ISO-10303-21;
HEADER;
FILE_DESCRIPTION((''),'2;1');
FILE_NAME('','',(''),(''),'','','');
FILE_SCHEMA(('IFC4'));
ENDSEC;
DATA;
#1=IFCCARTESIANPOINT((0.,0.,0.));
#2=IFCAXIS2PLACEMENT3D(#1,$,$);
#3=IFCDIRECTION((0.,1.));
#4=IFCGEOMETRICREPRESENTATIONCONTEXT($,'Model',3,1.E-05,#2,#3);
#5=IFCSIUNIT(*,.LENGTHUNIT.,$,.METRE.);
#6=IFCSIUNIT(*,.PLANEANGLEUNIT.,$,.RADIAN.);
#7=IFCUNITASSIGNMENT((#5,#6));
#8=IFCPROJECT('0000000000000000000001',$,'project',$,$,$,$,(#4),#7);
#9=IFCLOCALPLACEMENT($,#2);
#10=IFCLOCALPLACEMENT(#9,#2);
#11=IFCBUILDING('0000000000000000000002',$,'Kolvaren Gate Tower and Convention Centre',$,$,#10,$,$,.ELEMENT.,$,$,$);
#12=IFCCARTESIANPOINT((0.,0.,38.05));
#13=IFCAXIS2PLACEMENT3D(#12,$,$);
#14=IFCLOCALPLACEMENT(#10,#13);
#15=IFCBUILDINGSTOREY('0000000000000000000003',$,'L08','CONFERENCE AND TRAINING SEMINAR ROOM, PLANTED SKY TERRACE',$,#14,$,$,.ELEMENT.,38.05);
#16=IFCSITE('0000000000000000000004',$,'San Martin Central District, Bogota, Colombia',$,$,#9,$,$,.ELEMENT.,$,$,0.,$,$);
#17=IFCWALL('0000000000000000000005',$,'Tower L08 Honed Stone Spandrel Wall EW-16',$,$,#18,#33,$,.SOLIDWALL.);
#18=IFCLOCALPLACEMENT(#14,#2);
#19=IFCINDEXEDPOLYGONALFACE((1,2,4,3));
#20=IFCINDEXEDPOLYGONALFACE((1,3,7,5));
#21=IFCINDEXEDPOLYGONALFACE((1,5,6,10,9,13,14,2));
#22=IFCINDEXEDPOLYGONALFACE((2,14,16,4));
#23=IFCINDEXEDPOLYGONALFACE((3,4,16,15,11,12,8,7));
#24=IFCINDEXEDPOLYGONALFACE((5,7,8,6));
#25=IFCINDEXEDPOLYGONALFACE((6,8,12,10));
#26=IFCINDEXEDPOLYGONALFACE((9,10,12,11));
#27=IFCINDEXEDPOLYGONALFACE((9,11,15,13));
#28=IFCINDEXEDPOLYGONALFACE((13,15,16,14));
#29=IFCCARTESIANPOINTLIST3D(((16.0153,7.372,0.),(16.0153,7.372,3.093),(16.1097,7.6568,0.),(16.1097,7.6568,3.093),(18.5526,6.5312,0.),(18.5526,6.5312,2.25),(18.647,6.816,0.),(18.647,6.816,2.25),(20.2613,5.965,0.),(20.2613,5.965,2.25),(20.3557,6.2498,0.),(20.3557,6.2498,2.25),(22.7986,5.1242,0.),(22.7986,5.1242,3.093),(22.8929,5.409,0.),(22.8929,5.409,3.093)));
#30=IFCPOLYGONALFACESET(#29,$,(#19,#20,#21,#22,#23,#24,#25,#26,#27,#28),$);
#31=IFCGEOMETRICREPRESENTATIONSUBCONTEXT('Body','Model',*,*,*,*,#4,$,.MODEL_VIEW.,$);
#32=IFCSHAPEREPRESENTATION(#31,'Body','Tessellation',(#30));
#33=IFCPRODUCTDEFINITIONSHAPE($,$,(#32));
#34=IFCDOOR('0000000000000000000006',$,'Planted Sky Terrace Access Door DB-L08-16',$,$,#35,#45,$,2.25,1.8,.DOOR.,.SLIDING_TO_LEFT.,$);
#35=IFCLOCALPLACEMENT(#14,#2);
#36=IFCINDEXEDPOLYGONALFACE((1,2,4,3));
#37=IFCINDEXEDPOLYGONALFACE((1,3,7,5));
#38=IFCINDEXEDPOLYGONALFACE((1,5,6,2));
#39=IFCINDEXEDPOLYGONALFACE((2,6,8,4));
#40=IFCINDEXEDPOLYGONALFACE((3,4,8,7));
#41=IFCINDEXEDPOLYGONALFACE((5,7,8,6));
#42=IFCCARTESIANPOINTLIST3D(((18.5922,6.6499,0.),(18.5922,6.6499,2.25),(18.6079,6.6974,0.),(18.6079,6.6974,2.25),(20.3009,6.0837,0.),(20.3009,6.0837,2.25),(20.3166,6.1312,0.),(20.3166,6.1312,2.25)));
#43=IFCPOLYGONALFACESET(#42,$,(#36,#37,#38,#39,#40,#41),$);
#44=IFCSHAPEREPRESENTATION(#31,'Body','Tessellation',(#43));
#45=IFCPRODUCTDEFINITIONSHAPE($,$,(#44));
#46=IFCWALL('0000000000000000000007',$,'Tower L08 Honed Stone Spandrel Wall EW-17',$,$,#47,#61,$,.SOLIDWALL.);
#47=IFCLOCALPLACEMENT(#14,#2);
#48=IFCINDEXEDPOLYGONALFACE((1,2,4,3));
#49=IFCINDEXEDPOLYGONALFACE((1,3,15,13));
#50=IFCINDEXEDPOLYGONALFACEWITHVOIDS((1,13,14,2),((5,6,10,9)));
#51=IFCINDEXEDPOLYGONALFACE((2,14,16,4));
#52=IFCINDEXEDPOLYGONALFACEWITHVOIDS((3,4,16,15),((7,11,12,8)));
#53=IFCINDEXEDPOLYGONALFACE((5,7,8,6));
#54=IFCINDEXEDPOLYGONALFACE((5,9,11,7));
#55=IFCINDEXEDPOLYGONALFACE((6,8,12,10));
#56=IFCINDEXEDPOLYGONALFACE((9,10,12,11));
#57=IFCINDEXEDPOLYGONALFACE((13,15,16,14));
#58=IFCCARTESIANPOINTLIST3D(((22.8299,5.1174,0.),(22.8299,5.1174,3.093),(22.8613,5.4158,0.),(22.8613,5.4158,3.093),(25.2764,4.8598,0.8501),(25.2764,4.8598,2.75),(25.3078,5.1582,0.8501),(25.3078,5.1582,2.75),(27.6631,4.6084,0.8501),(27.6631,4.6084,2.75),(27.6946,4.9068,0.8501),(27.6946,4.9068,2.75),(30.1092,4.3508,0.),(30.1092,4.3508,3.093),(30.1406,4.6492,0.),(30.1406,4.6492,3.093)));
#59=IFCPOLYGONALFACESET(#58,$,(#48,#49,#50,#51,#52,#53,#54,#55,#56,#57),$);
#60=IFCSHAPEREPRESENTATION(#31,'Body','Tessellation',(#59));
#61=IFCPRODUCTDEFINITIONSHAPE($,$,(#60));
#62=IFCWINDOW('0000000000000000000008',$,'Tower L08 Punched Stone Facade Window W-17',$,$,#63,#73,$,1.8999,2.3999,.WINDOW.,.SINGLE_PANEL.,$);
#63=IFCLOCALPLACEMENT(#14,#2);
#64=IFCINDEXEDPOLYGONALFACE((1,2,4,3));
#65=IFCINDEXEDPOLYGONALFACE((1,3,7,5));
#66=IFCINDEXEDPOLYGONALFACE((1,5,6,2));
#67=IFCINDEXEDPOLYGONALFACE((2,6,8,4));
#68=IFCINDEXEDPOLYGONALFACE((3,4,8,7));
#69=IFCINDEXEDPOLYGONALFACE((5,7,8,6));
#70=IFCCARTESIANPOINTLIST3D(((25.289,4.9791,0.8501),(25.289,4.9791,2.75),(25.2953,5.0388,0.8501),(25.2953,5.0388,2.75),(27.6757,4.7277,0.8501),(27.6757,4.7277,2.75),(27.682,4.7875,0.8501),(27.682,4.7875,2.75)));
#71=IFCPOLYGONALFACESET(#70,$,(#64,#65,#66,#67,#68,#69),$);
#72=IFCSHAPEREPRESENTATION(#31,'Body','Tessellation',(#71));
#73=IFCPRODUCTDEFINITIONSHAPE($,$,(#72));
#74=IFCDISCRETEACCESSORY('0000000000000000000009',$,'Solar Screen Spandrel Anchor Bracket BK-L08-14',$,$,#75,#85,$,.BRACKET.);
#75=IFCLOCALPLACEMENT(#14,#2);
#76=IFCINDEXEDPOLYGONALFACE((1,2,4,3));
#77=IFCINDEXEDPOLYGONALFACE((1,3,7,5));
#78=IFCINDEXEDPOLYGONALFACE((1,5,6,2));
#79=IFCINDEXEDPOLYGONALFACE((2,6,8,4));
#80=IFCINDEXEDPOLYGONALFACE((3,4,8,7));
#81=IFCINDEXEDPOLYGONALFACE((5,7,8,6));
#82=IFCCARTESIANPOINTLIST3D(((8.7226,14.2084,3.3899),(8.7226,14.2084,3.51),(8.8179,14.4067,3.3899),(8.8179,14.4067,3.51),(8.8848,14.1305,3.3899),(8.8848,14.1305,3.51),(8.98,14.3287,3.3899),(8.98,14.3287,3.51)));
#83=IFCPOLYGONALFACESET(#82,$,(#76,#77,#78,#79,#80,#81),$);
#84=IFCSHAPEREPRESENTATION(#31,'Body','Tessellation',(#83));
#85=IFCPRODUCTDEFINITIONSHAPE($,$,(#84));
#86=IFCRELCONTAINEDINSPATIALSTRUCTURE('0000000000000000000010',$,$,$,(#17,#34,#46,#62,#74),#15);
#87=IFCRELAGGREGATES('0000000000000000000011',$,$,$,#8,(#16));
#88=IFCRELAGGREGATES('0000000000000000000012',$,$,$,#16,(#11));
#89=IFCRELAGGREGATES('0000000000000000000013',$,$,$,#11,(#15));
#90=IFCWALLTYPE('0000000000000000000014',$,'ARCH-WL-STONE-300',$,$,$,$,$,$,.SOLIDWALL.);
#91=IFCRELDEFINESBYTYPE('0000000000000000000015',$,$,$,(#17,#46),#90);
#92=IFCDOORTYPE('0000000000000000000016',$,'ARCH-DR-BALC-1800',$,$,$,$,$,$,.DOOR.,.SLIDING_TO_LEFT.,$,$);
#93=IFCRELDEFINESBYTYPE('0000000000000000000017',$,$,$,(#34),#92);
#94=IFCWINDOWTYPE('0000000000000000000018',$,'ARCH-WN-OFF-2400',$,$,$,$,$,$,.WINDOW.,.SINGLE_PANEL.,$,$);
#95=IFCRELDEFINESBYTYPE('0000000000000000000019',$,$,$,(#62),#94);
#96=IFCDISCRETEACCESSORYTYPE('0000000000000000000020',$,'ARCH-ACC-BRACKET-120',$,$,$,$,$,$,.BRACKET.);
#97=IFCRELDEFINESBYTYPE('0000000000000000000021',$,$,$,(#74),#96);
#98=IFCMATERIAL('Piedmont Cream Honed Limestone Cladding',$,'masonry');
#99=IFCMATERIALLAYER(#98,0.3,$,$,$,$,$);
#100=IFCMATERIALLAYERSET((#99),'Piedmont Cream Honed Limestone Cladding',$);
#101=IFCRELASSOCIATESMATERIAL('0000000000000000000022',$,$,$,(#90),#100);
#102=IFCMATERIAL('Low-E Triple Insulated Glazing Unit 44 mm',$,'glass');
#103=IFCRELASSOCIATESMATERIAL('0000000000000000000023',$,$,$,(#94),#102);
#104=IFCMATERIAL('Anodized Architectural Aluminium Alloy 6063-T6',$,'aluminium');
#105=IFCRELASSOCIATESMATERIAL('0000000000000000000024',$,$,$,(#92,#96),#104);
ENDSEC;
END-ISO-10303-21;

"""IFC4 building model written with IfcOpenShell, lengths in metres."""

from ifc_helpers import new_model, si_unit, direction, frame, frame_2d, origin, origin_2d, place, context, subcontext, project, spatial, rectangle, extrude, material, layer, layer_set, type_object, element, fill, save


model = new_model("IFC4")

# Units and contexts
model_context = context("Model", 3, precision=1e-05, world=origin(), true_north=direction((0.0, 1.0)))
body_context = subcontext(model_context, "Body", "Model", "MODEL_VIEW")
ifc_project = project(units=[si_unit("LENGTHUNIT", "METRE"), si_unit("PLANEANGLEUNIT", "RADIAN")], contexts=[model_context])

# Site, building, storey
site_placement = place(None, origin())
site = spatial("IfcSite", under=ifc_project, at=site_placement, Name="San Martin Central District, Bogota, Colombia", CompositionType="ELEMENT", RefElevation=0.0)
building_placement = place(site_placement, origin())
building = spatial("IfcBuilding", under=site, at=building_placement, Name="Kolvaren Gate Tower and Convention Centre", CompositionType="ELEMENT")
storey_placement = place(building_placement, frame((0.0, 0.0, 38.05)))
storey = spatial("IfcBuildingStorey", under=building, at=storey_placement, Name="L08", Description="CONFERENCE AND TRAINING SEMINAR ROOM, PLANTED SKY TERRACE", CompositionType="ELEMENT", Elevation=38.05)

# Shared definitions
ifc_material_1 = material(Name="Anodized Architectural Aluminium Alloy 6063-T6", Category="aluminium")

# Shared definitions
ifc_material_2 = material(Name="Low-E Triple Insulated Glazing Unit 44 mm", Category="glass")

# Shared definitions
ifc_material_3 = material(Name="Piedmont Cream Honed Limestone Cladding", Category="masonry")

# Shared definitions
ifc_layer_1 = layer(ifc_material_3, 0.3)
ifc_layer_set_1 = layer_set([ifc_layer_1], Name="Piedmont Cream Honed Limestone Cladding")
wall_type_1 = type_object("IfcWallType", Name="ARCH-WL-STONE-300", PredefinedType="SOLIDWALL", material=ifc_layer_set_1)
window_type = type_object("IfcWindowType", Name="ARCH-WN-OFF-2400", PartitioningType="SINGLE_PANEL", PredefinedType="WINDOW", material=ifc_material_2)

# Wall, opening, door
wall_1_placement = place(storey_placement, frame((16.0625, 7.5144, 0.0), z_axis=(0.0, 0.0, 1.0), x_axis=(0.949239, -0.314557, 0.0)))
wall_1 = element("IfcWall", 1, at=wall_1_placement, inside=storey, type_object=wall_type_1, Name="Tower L08 Honed Stone Spandrel Wall EW-16", PredefinedType="SOLIDWALL", context=body_context, shape_type="SweptSolid", body=[
    extrude(rectangle(XDim=7.146, YDim=0.3, at=frame_2d((3.573, 0.0))), origin(), (0.0, 0.0, 1.0), 3.093),
])
opening_1_placement = place(wall_1_placement, frame((2.6731, 0.0, 0.0)))
opening_1 = element("IfcOpeningElement", 2, at=opening_1_placement, cuts=wall_1, PredefinedType="OPENING", context=body_context, shape_type="SweptSolid", body=[
    extrude(rectangle(XDim=1.8, YDim=2.25, at=frame_2d((0.8999, 1.125))), frame((0.0, 0.1599, 0.0), z_axis=(0.0, -1.0, 0.0), x_axis=(1.0, 0.0, 0.0)), (0.0, 0.0, 1.0), 0.3201),
])
door_type_1 = type_object("IfcDoorType", Name="ARCH-DR-BALC-1800", OperationType="SLIDING_TO_LEFT", PredefinedType="DOOR", material=ifc_material_1)
door_1_placement = place(opening_1_placement, frame((1.8, 0.0, 0.0), z_axis=(0.0, 0.0, 1.0), x_axis=(-1.0, 0.0, 0.0)))
door_1 = element("IfcDoor", 3, at=door_1_placement, inside=storey, type_object=door_type_1, Name="Planted Sky Terrace Access Door DB-L08-16", OperationType="SLIDING_TO_LEFT", OverallHeight=2.25, OverallWidth=1.8, PredefinedType="DOOR", context=body_context, shape_type="SweptSolid", body=[
    extrude(rectangle(XDim=1.8, YDim=2.25, at=frame_2d((0.8999, 1.125))), frame((0.0, 0.0249, 0.0), z_axis=(0.0, -1.0, 0.0), x_axis=(1.0, 0.0, 0.0)), (0.0, 0.0, 1.0), 0.05),
])
fill(opening_1, door_1)

# Wall, opening, window
wall_2_placement = place(storey_placement, frame((22.8457, 5.2666, 0.0), z_axis=(0.0, 0.0, 1.0), x_axis=(0.9945, -0.104733, 0.0)))
wall_2 = element("IfcWall", 4, at=wall_2_placement, inside=storey, type_object=wall_type_1, Name="Tower L08 Honed Stone Spandrel Wall EW-17", PredefinedType="SOLIDWALL", context=body_context, shape_type="SweptSolid", body=[
    extrude(rectangle(XDim=7.3196, YDim=0.3, at=frame_2d((3.6597, 0.0))), origin(), (0.0, 0.0, 1.0), 3.093),
])
opening_2_placement = place(wall_2_placement, frame((2.46, 0.0, 0.8501)))
opening_2 = element("IfcOpeningElement", 5, at=opening_2_placement, cuts=wall_2, PredefinedType="OPENING", context=body_context, shape_type="SweptSolid", body=[
    extrude(rectangle(XDim=2.3999, YDim=1.8999, at=frame_2d((1.2, 0.95))), frame((0.0, 0.1599, 0.0), z_axis=(0.0, -1.0, 0.0), x_axis=(1.0, 0.0, 0.0)), (0.0, 0.0, 1.0), 0.3201),
])
window_1_placement = place(opening_2_placement, origin())
window_1 = element("IfcWindow", 6, at=window_1_placement, inside=storey, type_object=window_type, Name="Tower L08 Punched Stone Facade Window W-17", OverallHeight=1.8999, OverallWidth=2.3999, PartitioningType="SINGLE_PANEL", PredefinedType="WINDOW", context=body_context, shape_type="SweptSolid", body=[
    extrude(rectangle(XDim=2.3999, YDim=1.8999, at=frame_2d((1.2, 0.95))), frame((0.0, 0.03, 0.0), z_axis=(0.0, -1.0, 0.0), x_axis=(1.0, 0.0, 0.0)), (0.0, 0.0, 1.0), 0.0601),
])
fill(opening_2, window_1)

# Discrete accessory
discrete_accessory_type = type_object("IfcDiscreteAccessoryType", Name="ARCH-ACC-BRACKET-120", PredefinedType="BRACKET", material=ifc_material_1)
discrete_accessory_placement = place(storey_placement, frame((8.8513, 14.2686, 3.3899), z_axis=(0.0, 0.0, 1.0), x_axis=(0.901364, -0.433061, 0.0)))
element("IfcDiscreteAccessory", 7, at=discrete_accessory_placement, inside=storey, type_object=discrete_accessory_type, Name="Solar Screen Spandrel Anchor Bracket BK-L08-14", PredefinedType="BRACKET", context=body_context, shape_type="SweptSolid", body=[
    extrude(rectangle(XDim=0.1799, YDim=0.22, at=origin_2d()), origin(), (0.0, 0.0, 1.0), 0.1201),
])

save(model, "model.ifc")
